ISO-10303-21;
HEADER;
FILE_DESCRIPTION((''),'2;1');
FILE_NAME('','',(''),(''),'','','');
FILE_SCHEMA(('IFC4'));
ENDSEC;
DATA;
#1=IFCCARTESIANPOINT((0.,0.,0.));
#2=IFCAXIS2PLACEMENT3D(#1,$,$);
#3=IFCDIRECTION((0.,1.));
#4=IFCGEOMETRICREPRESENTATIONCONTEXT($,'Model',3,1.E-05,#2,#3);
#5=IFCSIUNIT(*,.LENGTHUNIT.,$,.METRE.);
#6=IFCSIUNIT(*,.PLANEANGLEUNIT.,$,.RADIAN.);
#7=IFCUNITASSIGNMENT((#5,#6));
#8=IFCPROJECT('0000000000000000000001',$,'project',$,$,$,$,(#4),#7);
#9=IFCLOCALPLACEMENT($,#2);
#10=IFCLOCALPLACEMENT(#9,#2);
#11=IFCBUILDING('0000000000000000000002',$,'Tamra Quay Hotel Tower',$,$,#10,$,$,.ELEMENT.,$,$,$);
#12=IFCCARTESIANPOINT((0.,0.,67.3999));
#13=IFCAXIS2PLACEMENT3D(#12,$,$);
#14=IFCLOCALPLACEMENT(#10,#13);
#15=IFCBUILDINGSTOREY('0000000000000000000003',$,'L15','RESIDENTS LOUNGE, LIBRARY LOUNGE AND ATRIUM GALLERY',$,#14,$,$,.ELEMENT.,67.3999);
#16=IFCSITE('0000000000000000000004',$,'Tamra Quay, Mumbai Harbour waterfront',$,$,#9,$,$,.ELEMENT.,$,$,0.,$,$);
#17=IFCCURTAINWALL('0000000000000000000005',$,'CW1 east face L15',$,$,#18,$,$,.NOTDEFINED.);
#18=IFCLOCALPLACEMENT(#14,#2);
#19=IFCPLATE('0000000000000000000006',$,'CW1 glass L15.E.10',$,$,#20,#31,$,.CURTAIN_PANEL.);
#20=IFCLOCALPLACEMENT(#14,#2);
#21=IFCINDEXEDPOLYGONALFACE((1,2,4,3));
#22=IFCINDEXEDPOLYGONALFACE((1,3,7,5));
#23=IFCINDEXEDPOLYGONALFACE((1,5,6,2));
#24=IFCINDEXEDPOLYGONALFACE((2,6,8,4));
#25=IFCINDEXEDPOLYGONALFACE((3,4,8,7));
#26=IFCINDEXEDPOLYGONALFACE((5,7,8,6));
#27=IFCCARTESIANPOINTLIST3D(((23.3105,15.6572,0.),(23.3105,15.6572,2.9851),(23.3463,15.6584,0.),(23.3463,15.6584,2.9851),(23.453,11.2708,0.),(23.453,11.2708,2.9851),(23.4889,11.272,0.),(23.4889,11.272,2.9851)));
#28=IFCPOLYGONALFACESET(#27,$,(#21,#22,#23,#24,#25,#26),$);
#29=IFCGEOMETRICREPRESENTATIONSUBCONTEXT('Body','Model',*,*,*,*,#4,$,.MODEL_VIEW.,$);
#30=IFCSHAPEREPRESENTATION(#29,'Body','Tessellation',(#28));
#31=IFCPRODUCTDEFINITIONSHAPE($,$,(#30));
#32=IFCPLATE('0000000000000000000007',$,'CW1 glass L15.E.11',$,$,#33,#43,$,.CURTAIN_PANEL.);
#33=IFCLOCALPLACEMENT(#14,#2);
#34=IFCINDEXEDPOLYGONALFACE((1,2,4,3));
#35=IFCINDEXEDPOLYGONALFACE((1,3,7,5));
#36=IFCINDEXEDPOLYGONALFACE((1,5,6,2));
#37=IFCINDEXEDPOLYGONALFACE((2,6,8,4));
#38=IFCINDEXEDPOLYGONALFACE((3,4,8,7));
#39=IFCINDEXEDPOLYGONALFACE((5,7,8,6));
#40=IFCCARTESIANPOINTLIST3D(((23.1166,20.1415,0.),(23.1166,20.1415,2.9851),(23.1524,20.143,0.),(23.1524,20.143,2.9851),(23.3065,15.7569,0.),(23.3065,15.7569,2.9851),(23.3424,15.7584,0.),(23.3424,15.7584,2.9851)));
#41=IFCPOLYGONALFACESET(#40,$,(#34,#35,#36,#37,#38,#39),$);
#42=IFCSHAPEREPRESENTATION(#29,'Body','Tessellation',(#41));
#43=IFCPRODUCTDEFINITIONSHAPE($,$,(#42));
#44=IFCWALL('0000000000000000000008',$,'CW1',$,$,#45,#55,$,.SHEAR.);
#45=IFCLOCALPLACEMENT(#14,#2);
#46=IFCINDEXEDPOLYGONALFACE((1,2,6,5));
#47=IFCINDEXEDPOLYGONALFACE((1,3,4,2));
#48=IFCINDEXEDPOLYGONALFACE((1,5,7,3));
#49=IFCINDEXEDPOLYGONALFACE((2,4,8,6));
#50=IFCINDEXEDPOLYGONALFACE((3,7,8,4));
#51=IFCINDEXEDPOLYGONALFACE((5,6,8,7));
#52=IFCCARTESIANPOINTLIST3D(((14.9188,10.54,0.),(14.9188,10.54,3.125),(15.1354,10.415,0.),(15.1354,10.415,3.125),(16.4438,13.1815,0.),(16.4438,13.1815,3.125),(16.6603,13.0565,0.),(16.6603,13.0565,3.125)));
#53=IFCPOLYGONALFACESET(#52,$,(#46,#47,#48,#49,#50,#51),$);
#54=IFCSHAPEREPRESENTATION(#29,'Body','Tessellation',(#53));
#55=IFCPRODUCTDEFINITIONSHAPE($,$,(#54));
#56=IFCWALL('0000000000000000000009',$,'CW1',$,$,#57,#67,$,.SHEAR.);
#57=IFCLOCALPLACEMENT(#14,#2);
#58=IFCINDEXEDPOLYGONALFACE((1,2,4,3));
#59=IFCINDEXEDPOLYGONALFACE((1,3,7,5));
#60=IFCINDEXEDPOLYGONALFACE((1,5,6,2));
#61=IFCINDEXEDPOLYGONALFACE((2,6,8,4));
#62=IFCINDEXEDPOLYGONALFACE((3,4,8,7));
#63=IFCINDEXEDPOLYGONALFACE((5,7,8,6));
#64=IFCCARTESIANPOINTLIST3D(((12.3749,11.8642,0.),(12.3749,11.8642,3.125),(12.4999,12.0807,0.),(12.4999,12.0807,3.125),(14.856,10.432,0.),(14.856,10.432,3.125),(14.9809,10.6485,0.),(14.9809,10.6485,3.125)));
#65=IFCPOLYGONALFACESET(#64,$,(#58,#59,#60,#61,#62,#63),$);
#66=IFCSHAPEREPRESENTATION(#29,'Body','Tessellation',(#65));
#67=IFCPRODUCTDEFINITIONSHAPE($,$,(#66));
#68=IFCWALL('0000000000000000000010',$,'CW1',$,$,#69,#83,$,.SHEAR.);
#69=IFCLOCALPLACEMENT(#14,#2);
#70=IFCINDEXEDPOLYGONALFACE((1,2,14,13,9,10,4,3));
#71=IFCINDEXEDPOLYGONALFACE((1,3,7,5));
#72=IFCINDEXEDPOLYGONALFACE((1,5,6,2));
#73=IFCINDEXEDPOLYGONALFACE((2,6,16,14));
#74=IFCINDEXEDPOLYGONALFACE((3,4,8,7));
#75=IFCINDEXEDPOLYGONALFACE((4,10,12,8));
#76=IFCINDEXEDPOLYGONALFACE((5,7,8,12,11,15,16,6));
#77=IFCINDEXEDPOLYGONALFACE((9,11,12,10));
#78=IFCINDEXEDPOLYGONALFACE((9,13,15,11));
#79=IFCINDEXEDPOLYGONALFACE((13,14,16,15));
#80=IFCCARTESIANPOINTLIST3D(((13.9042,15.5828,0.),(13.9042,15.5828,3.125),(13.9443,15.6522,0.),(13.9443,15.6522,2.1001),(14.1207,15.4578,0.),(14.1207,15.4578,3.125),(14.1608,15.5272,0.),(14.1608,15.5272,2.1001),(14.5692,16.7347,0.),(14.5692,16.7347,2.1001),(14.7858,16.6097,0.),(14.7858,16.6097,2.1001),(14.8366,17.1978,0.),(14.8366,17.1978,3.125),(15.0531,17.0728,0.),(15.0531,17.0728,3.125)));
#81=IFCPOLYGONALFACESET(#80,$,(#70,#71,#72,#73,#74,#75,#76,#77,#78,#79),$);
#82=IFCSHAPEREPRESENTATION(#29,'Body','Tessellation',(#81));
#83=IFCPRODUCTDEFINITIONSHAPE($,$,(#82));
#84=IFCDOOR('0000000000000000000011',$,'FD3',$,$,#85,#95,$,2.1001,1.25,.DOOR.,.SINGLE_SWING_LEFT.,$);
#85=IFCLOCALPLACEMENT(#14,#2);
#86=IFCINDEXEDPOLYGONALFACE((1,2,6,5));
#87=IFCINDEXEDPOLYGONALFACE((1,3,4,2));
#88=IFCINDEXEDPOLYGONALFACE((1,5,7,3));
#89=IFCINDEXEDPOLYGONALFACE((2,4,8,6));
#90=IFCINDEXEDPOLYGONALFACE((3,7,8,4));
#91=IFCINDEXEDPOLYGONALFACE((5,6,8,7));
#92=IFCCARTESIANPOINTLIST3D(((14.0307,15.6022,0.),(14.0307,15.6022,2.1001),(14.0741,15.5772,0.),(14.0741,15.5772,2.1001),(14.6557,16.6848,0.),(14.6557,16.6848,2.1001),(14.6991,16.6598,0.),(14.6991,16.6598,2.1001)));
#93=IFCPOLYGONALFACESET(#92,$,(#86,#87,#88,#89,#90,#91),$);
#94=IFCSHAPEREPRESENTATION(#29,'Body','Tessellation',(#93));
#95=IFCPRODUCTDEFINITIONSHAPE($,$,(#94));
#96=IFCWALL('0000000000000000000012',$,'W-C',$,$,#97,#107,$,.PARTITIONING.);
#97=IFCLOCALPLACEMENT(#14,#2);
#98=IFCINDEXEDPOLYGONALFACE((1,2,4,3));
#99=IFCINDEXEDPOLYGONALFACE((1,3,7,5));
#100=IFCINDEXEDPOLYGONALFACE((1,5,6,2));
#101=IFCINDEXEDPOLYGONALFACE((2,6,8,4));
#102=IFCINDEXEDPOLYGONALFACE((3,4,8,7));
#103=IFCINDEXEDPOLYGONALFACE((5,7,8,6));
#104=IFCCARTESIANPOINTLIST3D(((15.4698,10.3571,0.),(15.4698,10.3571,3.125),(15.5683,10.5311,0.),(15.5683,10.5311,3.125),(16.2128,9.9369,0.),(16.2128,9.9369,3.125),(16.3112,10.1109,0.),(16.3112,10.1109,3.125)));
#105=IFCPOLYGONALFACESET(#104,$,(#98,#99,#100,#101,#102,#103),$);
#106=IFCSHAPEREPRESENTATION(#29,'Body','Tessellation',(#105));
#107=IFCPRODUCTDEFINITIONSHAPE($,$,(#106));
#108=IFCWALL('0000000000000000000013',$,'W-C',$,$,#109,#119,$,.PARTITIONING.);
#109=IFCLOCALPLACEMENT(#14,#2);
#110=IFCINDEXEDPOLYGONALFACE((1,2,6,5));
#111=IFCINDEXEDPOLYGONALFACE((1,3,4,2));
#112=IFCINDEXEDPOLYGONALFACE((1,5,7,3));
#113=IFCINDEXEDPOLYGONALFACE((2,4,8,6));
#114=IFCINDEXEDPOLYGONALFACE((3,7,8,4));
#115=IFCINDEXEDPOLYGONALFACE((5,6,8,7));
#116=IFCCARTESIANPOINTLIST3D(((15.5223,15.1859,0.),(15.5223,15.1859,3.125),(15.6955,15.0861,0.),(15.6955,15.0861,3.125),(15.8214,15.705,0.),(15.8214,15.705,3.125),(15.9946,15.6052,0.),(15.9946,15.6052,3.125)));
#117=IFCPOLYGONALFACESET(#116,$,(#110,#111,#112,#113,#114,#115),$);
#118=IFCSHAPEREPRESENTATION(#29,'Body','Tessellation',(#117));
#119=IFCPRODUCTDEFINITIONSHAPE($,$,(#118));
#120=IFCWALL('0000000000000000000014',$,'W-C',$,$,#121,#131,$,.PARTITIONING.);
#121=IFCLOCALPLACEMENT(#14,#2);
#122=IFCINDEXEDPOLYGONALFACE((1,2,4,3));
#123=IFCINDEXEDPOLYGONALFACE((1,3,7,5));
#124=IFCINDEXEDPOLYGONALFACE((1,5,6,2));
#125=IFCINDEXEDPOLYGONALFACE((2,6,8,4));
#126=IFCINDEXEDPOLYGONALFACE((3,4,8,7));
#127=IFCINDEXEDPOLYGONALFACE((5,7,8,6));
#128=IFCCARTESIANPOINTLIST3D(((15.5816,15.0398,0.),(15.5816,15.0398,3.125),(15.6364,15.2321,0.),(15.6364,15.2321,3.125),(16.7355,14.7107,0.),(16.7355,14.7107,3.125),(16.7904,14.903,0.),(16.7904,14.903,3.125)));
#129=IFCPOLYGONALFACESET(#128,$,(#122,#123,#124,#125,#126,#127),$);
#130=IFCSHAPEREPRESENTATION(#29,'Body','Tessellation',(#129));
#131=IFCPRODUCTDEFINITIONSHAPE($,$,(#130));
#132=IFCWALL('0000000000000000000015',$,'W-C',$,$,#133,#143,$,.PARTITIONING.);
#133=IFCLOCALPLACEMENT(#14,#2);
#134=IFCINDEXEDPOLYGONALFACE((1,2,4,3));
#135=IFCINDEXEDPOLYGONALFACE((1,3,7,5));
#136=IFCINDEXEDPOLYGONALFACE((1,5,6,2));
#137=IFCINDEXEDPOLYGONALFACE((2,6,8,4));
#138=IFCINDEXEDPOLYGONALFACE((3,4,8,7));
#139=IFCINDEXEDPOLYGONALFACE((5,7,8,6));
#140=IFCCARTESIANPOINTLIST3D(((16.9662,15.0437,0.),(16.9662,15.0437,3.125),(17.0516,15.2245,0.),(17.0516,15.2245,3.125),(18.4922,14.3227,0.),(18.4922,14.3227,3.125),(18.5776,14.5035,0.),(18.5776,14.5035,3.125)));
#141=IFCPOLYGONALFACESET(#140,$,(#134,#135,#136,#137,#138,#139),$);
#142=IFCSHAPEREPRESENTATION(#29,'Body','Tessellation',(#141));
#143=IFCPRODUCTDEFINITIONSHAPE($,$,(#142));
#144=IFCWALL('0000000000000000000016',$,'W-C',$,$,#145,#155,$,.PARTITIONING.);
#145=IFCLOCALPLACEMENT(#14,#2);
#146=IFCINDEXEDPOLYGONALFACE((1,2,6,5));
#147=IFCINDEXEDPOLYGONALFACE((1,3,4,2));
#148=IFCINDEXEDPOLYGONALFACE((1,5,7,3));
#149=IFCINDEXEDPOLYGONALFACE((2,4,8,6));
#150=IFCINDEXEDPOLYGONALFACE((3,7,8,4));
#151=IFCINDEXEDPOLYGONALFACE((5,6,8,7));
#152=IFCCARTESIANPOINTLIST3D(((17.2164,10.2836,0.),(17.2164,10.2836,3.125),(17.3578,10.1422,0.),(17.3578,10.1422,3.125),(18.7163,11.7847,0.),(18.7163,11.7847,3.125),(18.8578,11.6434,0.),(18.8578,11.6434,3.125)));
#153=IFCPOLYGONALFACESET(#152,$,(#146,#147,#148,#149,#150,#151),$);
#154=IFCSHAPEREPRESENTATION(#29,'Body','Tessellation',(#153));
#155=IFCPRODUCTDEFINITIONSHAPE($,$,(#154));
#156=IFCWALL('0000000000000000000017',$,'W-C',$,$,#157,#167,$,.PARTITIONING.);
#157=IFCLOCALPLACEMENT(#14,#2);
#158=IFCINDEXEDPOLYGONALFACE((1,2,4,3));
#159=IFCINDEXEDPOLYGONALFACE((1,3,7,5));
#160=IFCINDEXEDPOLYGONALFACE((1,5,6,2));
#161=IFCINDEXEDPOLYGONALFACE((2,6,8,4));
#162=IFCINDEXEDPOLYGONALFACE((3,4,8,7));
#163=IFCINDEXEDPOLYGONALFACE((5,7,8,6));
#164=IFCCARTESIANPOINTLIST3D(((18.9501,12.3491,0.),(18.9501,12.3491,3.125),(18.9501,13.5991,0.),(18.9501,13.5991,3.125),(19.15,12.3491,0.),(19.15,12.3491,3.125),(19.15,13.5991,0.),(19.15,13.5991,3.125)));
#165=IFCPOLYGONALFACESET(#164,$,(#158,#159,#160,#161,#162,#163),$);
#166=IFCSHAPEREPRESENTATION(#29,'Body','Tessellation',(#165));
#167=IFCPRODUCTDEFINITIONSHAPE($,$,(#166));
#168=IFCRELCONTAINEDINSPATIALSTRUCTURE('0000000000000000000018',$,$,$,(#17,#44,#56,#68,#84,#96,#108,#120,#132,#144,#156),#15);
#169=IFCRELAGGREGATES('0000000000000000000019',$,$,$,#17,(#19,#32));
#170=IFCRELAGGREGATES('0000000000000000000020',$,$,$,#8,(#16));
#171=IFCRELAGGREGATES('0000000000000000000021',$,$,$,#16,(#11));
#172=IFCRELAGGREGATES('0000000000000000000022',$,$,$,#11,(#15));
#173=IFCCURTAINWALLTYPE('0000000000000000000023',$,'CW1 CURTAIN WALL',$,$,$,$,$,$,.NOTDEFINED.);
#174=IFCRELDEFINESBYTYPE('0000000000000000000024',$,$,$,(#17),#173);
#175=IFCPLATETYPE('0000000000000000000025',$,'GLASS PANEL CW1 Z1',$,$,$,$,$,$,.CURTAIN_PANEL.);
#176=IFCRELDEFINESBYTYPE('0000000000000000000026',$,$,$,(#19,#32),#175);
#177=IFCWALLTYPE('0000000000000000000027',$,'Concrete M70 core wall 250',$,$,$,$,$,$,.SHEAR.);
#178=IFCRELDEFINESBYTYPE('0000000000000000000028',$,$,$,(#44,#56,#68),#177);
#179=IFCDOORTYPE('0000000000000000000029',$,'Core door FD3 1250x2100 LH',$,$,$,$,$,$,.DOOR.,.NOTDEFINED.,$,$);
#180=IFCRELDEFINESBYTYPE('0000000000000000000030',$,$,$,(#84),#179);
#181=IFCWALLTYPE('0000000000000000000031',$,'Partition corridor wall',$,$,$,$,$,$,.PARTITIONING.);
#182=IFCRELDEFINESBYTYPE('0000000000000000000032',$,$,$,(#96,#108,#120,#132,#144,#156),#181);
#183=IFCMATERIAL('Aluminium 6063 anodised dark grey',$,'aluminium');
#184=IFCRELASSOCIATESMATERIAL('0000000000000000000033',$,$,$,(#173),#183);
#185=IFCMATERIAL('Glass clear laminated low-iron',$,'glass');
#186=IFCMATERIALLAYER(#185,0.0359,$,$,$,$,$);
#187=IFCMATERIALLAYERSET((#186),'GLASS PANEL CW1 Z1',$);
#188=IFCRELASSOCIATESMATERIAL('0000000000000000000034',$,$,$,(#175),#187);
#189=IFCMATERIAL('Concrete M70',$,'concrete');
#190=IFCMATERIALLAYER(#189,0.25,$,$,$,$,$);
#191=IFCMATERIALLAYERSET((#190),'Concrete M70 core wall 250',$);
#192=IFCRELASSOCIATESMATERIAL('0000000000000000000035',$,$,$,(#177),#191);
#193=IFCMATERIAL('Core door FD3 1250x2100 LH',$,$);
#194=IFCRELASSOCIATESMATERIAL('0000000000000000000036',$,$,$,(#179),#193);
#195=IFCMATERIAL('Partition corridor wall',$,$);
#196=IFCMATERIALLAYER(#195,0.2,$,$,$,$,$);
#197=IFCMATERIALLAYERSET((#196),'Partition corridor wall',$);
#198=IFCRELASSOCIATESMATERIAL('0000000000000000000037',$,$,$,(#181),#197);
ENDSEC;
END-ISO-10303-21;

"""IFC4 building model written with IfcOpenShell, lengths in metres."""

from ifc_helpers import new_model, si_unit, direction, frame, frame_2d, origin, origin_2d, place, context, subcontext, project, spatial, rectangle, extrude, material, layer, layer_set, type_object, element, fill, aggregate, save


model = new_model("IFC4")

# Units and contexts
model_context = context("Model", 3, precision=1e-05, world=origin(), true_north=direction((0.0, 1.0)))
body_context = subcontext(model_context, "Body", "Model", "MODEL_VIEW")
ifc_project = project(units=[si_unit("LENGTHUNIT", "METRE"), si_unit("PLANEANGLEUNIT", "RADIAN")], contexts=[model_context])

# Site, building, storey
site_placement = place(None, origin())
site = spatial("IfcSite", under=ifc_project, at=site_placement, Name="Tamra Quay, Mumbai Harbour waterfront", CompositionType="ELEMENT", RefElevation=0.0)
building_placement = place(site_placement, origin())
building = spatial("IfcBuilding", under=site, at=building_placement, Name="Tamra Quay Hotel Tower", CompositionType="ELEMENT")
storey_placement = place(building_placement, frame((0.0, 0.0, 67.3999)))
storey = spatial("IfcBuildingStorey", under=building, at=storey_placement, Name="L15", Description="RESIDENTS LOUNGE, LIBRARY LOUNGE AND ATRIUM GALLERY", CompositionType="ELEMENT", Elevation=67.3999)

# Shared definitions
ifc_material_1 = material(Name="Concrete M70", Category="concrete")

# Curtain wall
ifc_material_2 = material(Name="Aluminium 6063 anodised dark grey", Category="aluminium")
curtain_wall_type = type_object("IfcCurtainWallType", Name="CW1 CURTAIN WALL", PredefinedType="NOTDEFINED", material=ifc_material_2)
curtain_wall_placement = place(storey_placement, origin())
curtain_wall = element("IfcCurtainWall", 1, at=curtain_wall_placement, inside=storey, type_object=curtain_wall_type, Name="CW1 east face L15", PredefinedType="NOTDEFINED")

# Plates
ifc_material_3 = material(Name="Glass clear laminated low-iron", Category="glass")
ifc_layer_1 = layer(ifc_material_3, 0.0359)
ifc_layer_set_1 = layer_set([ifc_layer_1], Name="GLASS PANEL CW1 Z1")
plate_type = type_object("IfcPlateType", Name="GLASS PANEL CW1 Z1", PredefinedType="CURTAIN_PANEL", material=ifc_layer_set_1)
plate_1_placement = place(storey_placement, frame((23.3997, 13.4646, 0.0), z_axis=(0.0, 0.0, 1.0), x_axis=(-0.032475, 0.999473, 0.0)))
plate_1 = element("IfcPlate", 2, at=plate_1_placement, type_object=plate_type, Name="CW1 glass L15.E.10", PredefinedType="CURTAIN_PANEL", context=body_context, shape_type="SweptSolid", body=[
    extrude(rectangle(XDim=4.3887, YDim=0.0359, at=origin_2d()), origin(), (0.0, 0.0, 1.0), 2.9851),
])
plate_2_placement = place(storey_placement, frame((23.2295, 17.95, 0.0), z_axis=(0.0, 0.0, 1.0), x_axis=(-0.043286, 0.999063, 0.0)))
plate_2 = element("IfcPlate", 3, at=plate_2_placement, type_object=plate_type, Name="CW1 glass L15.E.11", PredefinedType="CURTAIN_PANEL", context=body_context, shape_type="SweptSolid", body=[
    extrude(rectangle(XDim=4.3887, YDim=0.0359, at=origin_2d()), origin(), (0.0, 0.0, 1.0), 2.9851),
])
aggregate(curtain_wall, [plate_1, plate_2])

# Walls
ifc_layer_2 = layer(ifc_material_1, 0.25)
ifc_layer_set_2 = layer_set([ifc_layer_2], Name="Concrete M70 core wall 250")
wall_type_1 = type_object("IfcWallType", Name="Concrete M70 core wall 250", PredefinedType="SHEAR", material=ifc_layer_set_2)
wall_1_placement = place(storey_placement, frame((16.552, 13.1189, 0.0), z_axis=(0.0, 0.0, 1.0), x_axis=(-0.499979, -0.866038, 0.0)))
element("IfcWall", 4, at=wall_1_placement, inside=storey, type_object=wall_type_1, Name="CW1", PredefinedType="SHEAR", context=body_context, shape_type="SweptSolid", body=[
    extrude(rectangle(XDim=3.05, YDim=0.25, at=frame_2d((1.5249, 0.0))), origin(), (0.0, 0.0, 1.0), 3.125),
])
wall_2_placement = place(storey_placement, frame((14.9185, 10.5403, 0.0), z_axis=(0.0, 0.0, 1.0), x_axis=(-0.866064, 0.499934, 0.0)))
element("IfcWall", 5, at=wall_2_placement, inside=storey, type_object=wall_type_1, Name="CW1", PredefinedType="SHEAR", context=body_context, shape_type="SweptSolid", body=[
    extrude(rectangle(XDim=2.8647, YDim=0.25, at=frame_2d((1.4324, 0.0))), origin(), (0.0, 0.0, 1.0), 3.125),
])

# Wall, opening, door
wall_3_placement = place(storey_placement, frame((14.9448, 17.1353, 0.0), z_axis=(0.0, 0.0, 1.0), x_axis=(-0.499983, -0.866035, 0.0)))
wall_3 = element("IfcWall", 6, at=wall_3_placement, inside=storey, type_object=wall_type_1, Name="CW1", PredefinedType="SHEAR", context=body_context, shape_type="SweptSolid", body=[
    extrude(rectangle(XDim=1.8647, YDim=0.25, at=frame_2d((0.9324, 0.0))), origin(), (0.0, 0.0, 1.0), 3.125),
])
opening_placement = place(wall_3_placement, frame((0.5347, 0.0, 0.0)))
opening = element("IfcOpeningElement", 7, at=opening_placement, cuts=wall_3, PredefinedType="OPENING", context=body_context, shape_type="SweptSolid", body=[
    extrude(rectangle(XDim=1.25, YDim=2.1001, at=frame_2d((0.625, 1.05))), frame((0.0, 0.135, 0.0), z_axis=(0.0, -1.0, 0.0), x_axis=(1.0, 0.0, 0.0)), (0.0, 0.0, 1.0), 0.27),
])
ifc_material_4 = material(Name="Core door FD3 1250x2100 LH")
door_type = type_object("IfcDoorType", Name="Core door FD3 1250x2100 LH", OperationType="NOTDEFINED", PredefinedType="DOOR", material=ifc_material_4)
door_placement = place(opening_placement, origin())
door = element("IfcDoor", 8, at=door_placement, inside=storey, type_object=door_type, Name="FD3", OperationType="SINGLE_SWING_LEFT", OverallHeight=2.1001, OverallWidth=1.25, PredefinedType="DOOR", context=body_context, shape_type="SweptSolid", body=[
    extrude(rectangle(XDim=1.25, YDim=2.1001, at=frame_2d((0.625, 1.05))), frame((0.0, 0.0249, 0.0), z_axis=(0.0, -1.0, 0.0), x_axis=(1.0, 0.0, 0.0)), (0.0, 0.0, 1.0), 0.05),
])
fill(opening, door)

# Walls
ifc_material_5 = material(Name="Partition corridor wall")
ifc_layer_3 = layer(ifc_material_5, 0.2)
ifc_layer_set_3 = layer_set([ifc_layer_3], Name="Partition corridor wall")
wall_type_2 = type_object("IfcWallType", Name="Partition corridor wall", PredefinedType="PARTITIONING", material=ifc_layer_set_3)
wall_4_placement = place(storey_placement, frame((15.519, 10.4441, 0.0), z_axis=(0.0, 0.0, 1.0), x_axis=(0.870435, -0.492283, 0.0)))
element("IfcWall", 9, at=wall_4_placement, inside=storey, type_object=wall_type_2, Name="W-C", PredefinedType="PARTITIONING", context=body_context, shape_type="SweptSolid", body=[
    extrude(rectangle(XDim=0.8535, YDim=0.2, at=frame_2d((0.4268, 0.0))), origin(), (0.0, 0.0, 1.0), 3.125),
])
wall_5_placement = place(storey_placement, frame((15.6089, 15.136, 0.0), z_axis=(0.0, 0.0, 1.0), x_axis=(0.499252, 0.866457, 0.0)))
element("IfcWall", 10, at=wall_5_placement, inside=storey, type_object=wall_type_2, Name="W-C", PredefinedType="PARTITIONING", context=body_context, shape_type="SweptSolid", body=[
    extrude(rectangle(XDim=0.5991, YDim=0.2, at=frame_2d((0.2996, 0.0))), origin(), (0.0, 0.0, 1.0), 3.125),
])
wall_6_placement = place(storey_placement, frame((15.6089, 15.136, 0.0), z_axis=(0.0, 0.0, 1.0), x_axis=(0.961662, -0.274237, 0.0)))
element("IfcWall", 11, at=wall_6_placement, inside=storey, type_object=wall_type_2, Name="W-C", PredefinedType="PARTITIONING", context=body_context, shape_type="SweptSolid", body=[
    extrude(rectangle(XDim=1.2, YDim=0.2, at=frame_2d((0.6001, 0.0))), origin(), (0.0, 0.0, 1.0), 3.125),
])
wall_7_placement = place(storey_placement, frame((17.009, 15.134, 0.0), z_axis=(0.0, 0.0, 1.0), x_axis=(0.904159, -0.427197, 0.0)))
element("IfcWall", 12, at=wall_7_placement, inside=storey, type_object=wall_type_2, Name="W-C", PredefinedType="PARTITIONING", context=body_context, shape_type="SweptSolid", body=[
    extrude(rectangle(XDim=1.6877, YDim=0.2, at=frame_2d((0.8438, 0.0))), origin(), (0.0, 0.0, 1.0), 3.125),
])
wall_8_placement = place(storey_placement, frame((17.2871, 10.2129, 0.0), z_axis=(0.0, 0.0, 1.0), x_axis=(0.706819, 0.707394, 0.0)))
element("IfcWall", 13, at=wall_8_placement, inside=storey, type_object=wall_type_2, Name="W-C", PredefinedType="PARTITIONING", context=body_context, shape_type="SweptSolid", body=[
    extrude(rectangle(XDim=2.1221, YDim=0.2, at=frame_2d((1.061, 0.0))), origin(), (0.0, 0.0, 1.0), 3.125),
])
wall_9_placement = place(storey_placement, frame((19.05, 12.3491, 0.0), z_axis=(0.0, 0.0, 1.0), x_axis=(0.0, 1.0, 0.0)))
element("IfcWall", 14, at=wall_9_placement, inside=storey, type_object=wall_type_2, Name="W-C", PredefinedType="PARTITIONING", context=body_context, shape_type="SweptSolid", body=[
    extrude(rectangle(XDim=1.25, YDim=0.2, at=frame_2d((0.625, 0.0))), origin(), (0.0, 0.0, 1.0), 3.125),
])

save(model, "model.ifc")
